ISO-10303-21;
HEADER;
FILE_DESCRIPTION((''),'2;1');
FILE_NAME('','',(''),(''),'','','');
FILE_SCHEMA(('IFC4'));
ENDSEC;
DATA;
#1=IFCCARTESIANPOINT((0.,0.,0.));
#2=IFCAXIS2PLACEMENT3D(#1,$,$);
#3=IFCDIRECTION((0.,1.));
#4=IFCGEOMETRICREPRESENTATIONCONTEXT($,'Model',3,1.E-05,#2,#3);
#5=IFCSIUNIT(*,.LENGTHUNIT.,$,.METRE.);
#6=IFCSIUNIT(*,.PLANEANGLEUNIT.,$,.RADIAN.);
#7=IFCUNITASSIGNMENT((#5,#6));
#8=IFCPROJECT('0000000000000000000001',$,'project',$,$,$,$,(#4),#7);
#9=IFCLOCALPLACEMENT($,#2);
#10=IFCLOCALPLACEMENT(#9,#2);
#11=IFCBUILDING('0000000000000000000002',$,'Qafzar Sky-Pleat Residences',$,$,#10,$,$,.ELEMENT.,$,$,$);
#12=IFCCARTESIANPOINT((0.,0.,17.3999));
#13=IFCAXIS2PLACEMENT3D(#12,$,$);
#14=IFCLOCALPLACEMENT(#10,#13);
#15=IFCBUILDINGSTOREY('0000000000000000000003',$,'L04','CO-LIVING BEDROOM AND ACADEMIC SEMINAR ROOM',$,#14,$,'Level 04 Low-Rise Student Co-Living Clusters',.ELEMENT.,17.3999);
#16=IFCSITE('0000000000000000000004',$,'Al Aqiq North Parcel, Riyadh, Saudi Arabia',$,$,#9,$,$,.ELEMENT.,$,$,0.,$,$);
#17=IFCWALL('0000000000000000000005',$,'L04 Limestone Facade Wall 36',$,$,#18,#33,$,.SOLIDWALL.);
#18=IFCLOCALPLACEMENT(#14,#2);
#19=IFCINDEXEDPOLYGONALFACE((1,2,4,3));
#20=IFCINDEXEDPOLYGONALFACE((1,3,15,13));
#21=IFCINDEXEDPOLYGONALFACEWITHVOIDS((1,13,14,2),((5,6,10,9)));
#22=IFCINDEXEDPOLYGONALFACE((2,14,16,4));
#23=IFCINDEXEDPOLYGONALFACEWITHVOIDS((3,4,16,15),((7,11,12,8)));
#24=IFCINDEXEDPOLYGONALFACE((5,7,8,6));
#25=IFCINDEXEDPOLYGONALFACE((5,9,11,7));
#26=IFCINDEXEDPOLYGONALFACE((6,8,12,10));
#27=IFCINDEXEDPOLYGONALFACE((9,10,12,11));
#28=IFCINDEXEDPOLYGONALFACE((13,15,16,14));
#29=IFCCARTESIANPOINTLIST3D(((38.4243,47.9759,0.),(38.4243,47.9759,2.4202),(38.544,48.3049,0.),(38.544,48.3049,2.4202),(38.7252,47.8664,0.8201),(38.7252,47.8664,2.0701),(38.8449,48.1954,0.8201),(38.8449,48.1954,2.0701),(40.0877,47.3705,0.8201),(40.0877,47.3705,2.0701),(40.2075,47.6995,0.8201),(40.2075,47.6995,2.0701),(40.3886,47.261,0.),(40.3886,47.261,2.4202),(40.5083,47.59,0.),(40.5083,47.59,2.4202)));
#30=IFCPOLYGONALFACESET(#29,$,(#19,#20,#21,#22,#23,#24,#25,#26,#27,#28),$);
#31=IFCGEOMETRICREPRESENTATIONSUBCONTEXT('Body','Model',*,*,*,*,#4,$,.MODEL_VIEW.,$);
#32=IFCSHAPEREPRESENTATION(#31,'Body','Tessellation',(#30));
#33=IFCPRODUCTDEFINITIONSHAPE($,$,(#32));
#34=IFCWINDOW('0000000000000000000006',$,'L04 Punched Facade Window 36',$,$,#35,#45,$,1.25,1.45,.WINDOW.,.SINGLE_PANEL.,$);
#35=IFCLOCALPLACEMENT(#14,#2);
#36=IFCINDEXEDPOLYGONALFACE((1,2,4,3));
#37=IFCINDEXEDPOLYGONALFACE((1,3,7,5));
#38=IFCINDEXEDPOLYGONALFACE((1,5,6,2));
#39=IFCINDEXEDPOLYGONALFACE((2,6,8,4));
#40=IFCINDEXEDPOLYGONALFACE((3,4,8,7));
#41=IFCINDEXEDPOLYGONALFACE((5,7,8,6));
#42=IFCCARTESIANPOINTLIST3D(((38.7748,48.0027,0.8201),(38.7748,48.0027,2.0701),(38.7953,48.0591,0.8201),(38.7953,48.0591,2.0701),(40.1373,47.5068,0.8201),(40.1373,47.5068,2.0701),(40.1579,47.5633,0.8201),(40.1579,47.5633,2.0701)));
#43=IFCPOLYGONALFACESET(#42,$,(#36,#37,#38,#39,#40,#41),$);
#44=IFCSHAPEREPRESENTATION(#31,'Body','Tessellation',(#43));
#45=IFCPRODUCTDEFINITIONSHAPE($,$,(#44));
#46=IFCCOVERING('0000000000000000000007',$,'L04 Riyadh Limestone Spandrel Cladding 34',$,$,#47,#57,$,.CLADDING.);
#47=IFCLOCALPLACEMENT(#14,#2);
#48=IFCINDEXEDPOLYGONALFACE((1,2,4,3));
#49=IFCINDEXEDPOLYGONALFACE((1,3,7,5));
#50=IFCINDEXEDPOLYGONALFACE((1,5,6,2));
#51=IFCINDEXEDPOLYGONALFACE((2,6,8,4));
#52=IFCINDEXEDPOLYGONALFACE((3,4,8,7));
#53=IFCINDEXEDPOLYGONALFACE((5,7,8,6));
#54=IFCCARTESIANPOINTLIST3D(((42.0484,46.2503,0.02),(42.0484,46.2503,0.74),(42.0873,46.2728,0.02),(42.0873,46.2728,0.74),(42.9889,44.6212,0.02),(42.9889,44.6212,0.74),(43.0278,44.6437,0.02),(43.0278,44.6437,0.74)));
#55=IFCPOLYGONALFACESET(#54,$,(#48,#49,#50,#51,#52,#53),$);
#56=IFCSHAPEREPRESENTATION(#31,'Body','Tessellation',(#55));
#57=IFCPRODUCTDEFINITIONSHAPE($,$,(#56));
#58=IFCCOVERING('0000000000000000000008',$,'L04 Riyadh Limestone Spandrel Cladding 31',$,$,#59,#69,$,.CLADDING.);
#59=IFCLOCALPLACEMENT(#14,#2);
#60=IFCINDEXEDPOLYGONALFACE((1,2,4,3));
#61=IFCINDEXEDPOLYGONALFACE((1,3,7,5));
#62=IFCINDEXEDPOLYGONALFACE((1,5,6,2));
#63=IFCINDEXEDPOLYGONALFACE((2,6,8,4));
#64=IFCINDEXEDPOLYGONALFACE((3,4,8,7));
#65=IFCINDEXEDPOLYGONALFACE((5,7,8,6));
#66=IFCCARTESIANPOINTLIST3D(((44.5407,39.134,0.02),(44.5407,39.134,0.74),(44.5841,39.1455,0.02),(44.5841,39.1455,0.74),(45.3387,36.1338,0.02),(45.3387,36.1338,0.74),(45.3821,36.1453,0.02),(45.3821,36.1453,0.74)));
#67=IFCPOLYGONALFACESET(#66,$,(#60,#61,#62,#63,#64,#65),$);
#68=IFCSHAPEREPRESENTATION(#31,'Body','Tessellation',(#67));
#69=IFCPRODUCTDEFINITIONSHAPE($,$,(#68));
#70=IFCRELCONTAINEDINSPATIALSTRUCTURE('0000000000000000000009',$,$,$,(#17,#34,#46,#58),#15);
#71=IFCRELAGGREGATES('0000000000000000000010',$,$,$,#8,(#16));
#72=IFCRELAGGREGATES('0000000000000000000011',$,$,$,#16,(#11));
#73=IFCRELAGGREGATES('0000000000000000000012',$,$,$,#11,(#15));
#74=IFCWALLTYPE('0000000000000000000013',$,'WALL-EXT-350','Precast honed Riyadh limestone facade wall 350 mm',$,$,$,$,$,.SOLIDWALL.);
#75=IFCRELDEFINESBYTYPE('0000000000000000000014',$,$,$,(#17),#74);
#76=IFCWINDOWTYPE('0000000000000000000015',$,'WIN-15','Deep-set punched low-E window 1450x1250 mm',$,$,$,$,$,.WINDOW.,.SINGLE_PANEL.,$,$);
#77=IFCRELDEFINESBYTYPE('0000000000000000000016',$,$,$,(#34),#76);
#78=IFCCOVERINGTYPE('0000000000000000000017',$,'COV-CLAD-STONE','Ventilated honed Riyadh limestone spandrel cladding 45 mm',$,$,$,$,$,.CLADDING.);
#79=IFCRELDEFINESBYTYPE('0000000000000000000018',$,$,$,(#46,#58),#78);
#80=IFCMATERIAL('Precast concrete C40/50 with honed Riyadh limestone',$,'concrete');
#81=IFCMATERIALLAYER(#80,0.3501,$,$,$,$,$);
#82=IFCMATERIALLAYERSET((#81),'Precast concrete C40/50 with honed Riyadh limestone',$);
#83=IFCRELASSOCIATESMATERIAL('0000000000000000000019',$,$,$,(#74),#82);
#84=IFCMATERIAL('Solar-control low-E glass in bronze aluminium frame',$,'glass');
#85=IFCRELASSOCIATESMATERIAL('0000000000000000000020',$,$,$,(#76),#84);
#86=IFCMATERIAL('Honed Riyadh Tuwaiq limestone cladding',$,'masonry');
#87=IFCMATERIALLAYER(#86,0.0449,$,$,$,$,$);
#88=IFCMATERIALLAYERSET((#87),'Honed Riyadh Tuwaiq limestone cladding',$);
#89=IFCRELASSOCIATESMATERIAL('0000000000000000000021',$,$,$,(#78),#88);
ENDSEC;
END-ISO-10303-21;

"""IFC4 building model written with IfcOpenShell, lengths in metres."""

from ifc_helpers import new_model, si_unit, direction, frame, frame_2d, origin, origin_2d, place, context, subcontext, project, spatial, rectangle, extrude, source, transform, mapped, material, layer, layer_set, type_object, element, fill, save


model = new_model("IFC4")

# Units and contexts
model_context = context("Model", 3, precision=1e-05, world=origin(), true_north=direction((0.0, 1.0)))
body_context = subcontext(model_context, "Body", "Model", "MODEL_VIEW")
ifc_project = project(units=[si_unit("LENGTHUNIT", "METRE"), si_unit("PLANEANGLEUNIT", "RADIAN")], contexts=[model_context])

# Site, building, storey
site_placement = place(None, origin())
site = spatial("IfcSite", under=ifc_project, at=site_placement, Name="Al Aqiq North Parcel, Riyadh, Saudi Arabia", CompositionType="ELEMENT", RefElevation=0.0)
building_placement = place(site_placement, origin())
building = spatial("IfcBuilding", under=site, at=building_placement, Name="Qafzar Sky-Pleat Residences", CompositionType="ELEMENT")
storey_placement = place(building_placement, frame((0.0, 0.0, 17.3999)))
storey = spatial("IfcBuildingStorey", under=building, at=storey_placement, Name="L04", Description="CO-LIVING BEDROOM AND ACADEMIC SEMINAR ROOM", LongName="Level 04 Low-Rise Student Co-Living Clusters", CompositionType="ELEMENT", Elevation=17.3999)

# Shared definitions
ifc_material_1 = material(Name="Precast concrete C40/50 with honed Riyadh limestone", Category="concrete")
ifc_layer_1 = layer(ifc_material_1, 0.3501)
ifc_layer_set_1 = layer_set([ifc_layer_1], Name="Precast concrete C40/50 with honed Riyadh limestone")
wall_type_1 = type_object("IfcWallType", Name="WALL-EXT-350", Description="Precast honed Riyadh limestone facade wall 350 mm", PredefinedType="SOLIDWALL", material=ifc_layer_set_1)
ifc_material_2 = material(Name="Solar-control low-E glass in bronze aluminium frame", Category="glass")
window_type = type_object("IfcWindowType", Name="WIN-15", Description="Deep-set punched low-E window 1450x1250 mm", PartitioningType="SINGLE_PANEL", PredefinedType="WINDOW", material=ifc_material_2)
shared_shape_1 = source(origin(), body_context, "Body", "SweptSolid", [
    extrude(rectangle(XDim=1.45, YDim=1.25, at=frame_2d((0.7251, 0.625))), frame((0.0, 0.03, 0.0), z_axis=(0.0, -1.0, 0.0), x_axis=(1.0, 0.0, 0.0)), (0.0, 0.0, 1.0), 0.0601),
])

# Wall, opening, window
wall_1_placement = place(storey_placement, frame((40.4485, 47.4255, 0.0), z_axis=(0.0, 0.0, 1.0), x_axis=(-0.939712, 0.341968, 0.0)))
wall_1 = element("IfcWall", 1, at=wall_1_placement, inside=storey, type_object=wall_type_1, Name="L04 Limestone Facade Wall 36", PredefinedType="SOLIDWALL", context=body_context, shape_type="SweptSolid", body=[
    extrude(rectangle(XDim=2.0903, YDim=0.3501, at=frame_2d((1.0452, 0.0))), origin(), (0.0, 0.0, 1.0), 2.4202),
])
opening_1_placement = place(wall_1_placement, frame((0.3201, 0.0, 0.8201)))
opening_1 = element("IfcOpeningElement", 2, at=opening_1_placement, cuts=wall_1, PredefinedType="OPENING", context=body_context, shape_type="SweptSolid", body=[
    extrude(rectangle(XDim=1.45, YDim=1.25, at=frame_2d((0.7251, 0.625))), frame((0.0, 0.1851, 0.0), z_axis=(0.0, -1.0, 0.0), x_axis=(1.0, 0.0, 0.0)), (0.0, 0.0, 1.0), 0.3701),
])
window_1_placement = place(opening_1_placement, origin())
window_1 = element("IfcWindow", 3, at=window_1_placement, inside=storey, type_object=window_type, Name="L04 Punched Facade Window 36", OverallHeight=1.25, OverallWidth=1.45, PartitioningType="SINGLE_PANEL", PredefinedType="WINDOW", context=body_context, shape_type="MappedRepresentation", body=[
    mapped(shared_shape_1, transform((0.0, 0.0, 0.0), x_axis=(1.0, 0.0, 0.0), y_axis=(0.0, 1.0, 0.0), z_axis=(0.0, 0.0, 1.0), scale=1.0)),
])
fill(opening_1, window_1)

# Coverings
ifc_material_3 = material(Name="Honed Riyadh Tuwaiq limestone cladding", Category="masonry")
ifc_layer_2 = layer(ifc_material_3, 0.0449)
ifc_layer_set_2 = layer_set([ifc_layer_2], Name="Honed Riyadh Tuwaiq limestone cladding")
covering_type = type_object("IfcCoveringType", Name="COV-CLAD-STONE", Description="Ventilated honed Riyadh limestone spandrel cladding 45 mm", PredefinedType="CLADDING", material=ifc_layer_set_2)
shared_shape_2 = source(origin(), body_context, "Body", "SweptSolid", [
    extrude(rectangle(XDim=1.8811, YDim=0.0449, at=origin_2d()), origin(), (0.0, 0.0, 1.0), 0.72),
])
covering_1_placement = place(storey_placement, frame((42.5381, 45.447, 0.02), z_axis=(0.0, 0.0, 1.0), x_axis=(-0.499993, 0.866029, 0.0)))
element("IfcCovering", 4, at=covering_1_placement, inside=storey, type_object=covering_type, Name="L04 Riyadh Limestone Spandrel Cladding 34", PredefinedType="CLADDING", context=body_context, shape_type="MappedRepresentation", body=[
    mapped(shared_shape_2, transform((0.0, 0.0, 0.0), x_axis=(1.0, 0.0, 0.0), y_axis=(0.0, 1.0, 0.0), z_axis=(0.0, 0.0, 1.0), scale=1.0)),
])
shared_shape_3 = source(origin(), body_context, "Body", "SweptSolid", [
    extrude(rectangle(XDim=3.1045, YDim=0.0449, at=origin_2d()), origin(), (0.0, 0.0, 1.0), 0.72),
])
covering_2_placement = place(storey_placement, frame((44.9614, 37.6396, 0.02), z_axis=(0.0, 0.0, 1.0), x_axis=(-0.257038, 0.966401, 0.0)))
element("IfcCovering", 5, at=covering_2_placement, inside=storey, type_object=covering_type, Name="L04 Riyadh Limestone Spandrel Cladding 31", PredefinedType="CLADDING", context=body_context, shape_type="MappedRepresentation", body=[
    mapped(shared_shape_3, transform((0.0, 0.0, 0.0), x_axis=(1.0, 0.0, 0.0), y_axis=(0.0, 1.0, 0.0), z_axis=(0.0, 0.0, 1.0), scale=1.0)),
])

save(model, "model.ifc")
